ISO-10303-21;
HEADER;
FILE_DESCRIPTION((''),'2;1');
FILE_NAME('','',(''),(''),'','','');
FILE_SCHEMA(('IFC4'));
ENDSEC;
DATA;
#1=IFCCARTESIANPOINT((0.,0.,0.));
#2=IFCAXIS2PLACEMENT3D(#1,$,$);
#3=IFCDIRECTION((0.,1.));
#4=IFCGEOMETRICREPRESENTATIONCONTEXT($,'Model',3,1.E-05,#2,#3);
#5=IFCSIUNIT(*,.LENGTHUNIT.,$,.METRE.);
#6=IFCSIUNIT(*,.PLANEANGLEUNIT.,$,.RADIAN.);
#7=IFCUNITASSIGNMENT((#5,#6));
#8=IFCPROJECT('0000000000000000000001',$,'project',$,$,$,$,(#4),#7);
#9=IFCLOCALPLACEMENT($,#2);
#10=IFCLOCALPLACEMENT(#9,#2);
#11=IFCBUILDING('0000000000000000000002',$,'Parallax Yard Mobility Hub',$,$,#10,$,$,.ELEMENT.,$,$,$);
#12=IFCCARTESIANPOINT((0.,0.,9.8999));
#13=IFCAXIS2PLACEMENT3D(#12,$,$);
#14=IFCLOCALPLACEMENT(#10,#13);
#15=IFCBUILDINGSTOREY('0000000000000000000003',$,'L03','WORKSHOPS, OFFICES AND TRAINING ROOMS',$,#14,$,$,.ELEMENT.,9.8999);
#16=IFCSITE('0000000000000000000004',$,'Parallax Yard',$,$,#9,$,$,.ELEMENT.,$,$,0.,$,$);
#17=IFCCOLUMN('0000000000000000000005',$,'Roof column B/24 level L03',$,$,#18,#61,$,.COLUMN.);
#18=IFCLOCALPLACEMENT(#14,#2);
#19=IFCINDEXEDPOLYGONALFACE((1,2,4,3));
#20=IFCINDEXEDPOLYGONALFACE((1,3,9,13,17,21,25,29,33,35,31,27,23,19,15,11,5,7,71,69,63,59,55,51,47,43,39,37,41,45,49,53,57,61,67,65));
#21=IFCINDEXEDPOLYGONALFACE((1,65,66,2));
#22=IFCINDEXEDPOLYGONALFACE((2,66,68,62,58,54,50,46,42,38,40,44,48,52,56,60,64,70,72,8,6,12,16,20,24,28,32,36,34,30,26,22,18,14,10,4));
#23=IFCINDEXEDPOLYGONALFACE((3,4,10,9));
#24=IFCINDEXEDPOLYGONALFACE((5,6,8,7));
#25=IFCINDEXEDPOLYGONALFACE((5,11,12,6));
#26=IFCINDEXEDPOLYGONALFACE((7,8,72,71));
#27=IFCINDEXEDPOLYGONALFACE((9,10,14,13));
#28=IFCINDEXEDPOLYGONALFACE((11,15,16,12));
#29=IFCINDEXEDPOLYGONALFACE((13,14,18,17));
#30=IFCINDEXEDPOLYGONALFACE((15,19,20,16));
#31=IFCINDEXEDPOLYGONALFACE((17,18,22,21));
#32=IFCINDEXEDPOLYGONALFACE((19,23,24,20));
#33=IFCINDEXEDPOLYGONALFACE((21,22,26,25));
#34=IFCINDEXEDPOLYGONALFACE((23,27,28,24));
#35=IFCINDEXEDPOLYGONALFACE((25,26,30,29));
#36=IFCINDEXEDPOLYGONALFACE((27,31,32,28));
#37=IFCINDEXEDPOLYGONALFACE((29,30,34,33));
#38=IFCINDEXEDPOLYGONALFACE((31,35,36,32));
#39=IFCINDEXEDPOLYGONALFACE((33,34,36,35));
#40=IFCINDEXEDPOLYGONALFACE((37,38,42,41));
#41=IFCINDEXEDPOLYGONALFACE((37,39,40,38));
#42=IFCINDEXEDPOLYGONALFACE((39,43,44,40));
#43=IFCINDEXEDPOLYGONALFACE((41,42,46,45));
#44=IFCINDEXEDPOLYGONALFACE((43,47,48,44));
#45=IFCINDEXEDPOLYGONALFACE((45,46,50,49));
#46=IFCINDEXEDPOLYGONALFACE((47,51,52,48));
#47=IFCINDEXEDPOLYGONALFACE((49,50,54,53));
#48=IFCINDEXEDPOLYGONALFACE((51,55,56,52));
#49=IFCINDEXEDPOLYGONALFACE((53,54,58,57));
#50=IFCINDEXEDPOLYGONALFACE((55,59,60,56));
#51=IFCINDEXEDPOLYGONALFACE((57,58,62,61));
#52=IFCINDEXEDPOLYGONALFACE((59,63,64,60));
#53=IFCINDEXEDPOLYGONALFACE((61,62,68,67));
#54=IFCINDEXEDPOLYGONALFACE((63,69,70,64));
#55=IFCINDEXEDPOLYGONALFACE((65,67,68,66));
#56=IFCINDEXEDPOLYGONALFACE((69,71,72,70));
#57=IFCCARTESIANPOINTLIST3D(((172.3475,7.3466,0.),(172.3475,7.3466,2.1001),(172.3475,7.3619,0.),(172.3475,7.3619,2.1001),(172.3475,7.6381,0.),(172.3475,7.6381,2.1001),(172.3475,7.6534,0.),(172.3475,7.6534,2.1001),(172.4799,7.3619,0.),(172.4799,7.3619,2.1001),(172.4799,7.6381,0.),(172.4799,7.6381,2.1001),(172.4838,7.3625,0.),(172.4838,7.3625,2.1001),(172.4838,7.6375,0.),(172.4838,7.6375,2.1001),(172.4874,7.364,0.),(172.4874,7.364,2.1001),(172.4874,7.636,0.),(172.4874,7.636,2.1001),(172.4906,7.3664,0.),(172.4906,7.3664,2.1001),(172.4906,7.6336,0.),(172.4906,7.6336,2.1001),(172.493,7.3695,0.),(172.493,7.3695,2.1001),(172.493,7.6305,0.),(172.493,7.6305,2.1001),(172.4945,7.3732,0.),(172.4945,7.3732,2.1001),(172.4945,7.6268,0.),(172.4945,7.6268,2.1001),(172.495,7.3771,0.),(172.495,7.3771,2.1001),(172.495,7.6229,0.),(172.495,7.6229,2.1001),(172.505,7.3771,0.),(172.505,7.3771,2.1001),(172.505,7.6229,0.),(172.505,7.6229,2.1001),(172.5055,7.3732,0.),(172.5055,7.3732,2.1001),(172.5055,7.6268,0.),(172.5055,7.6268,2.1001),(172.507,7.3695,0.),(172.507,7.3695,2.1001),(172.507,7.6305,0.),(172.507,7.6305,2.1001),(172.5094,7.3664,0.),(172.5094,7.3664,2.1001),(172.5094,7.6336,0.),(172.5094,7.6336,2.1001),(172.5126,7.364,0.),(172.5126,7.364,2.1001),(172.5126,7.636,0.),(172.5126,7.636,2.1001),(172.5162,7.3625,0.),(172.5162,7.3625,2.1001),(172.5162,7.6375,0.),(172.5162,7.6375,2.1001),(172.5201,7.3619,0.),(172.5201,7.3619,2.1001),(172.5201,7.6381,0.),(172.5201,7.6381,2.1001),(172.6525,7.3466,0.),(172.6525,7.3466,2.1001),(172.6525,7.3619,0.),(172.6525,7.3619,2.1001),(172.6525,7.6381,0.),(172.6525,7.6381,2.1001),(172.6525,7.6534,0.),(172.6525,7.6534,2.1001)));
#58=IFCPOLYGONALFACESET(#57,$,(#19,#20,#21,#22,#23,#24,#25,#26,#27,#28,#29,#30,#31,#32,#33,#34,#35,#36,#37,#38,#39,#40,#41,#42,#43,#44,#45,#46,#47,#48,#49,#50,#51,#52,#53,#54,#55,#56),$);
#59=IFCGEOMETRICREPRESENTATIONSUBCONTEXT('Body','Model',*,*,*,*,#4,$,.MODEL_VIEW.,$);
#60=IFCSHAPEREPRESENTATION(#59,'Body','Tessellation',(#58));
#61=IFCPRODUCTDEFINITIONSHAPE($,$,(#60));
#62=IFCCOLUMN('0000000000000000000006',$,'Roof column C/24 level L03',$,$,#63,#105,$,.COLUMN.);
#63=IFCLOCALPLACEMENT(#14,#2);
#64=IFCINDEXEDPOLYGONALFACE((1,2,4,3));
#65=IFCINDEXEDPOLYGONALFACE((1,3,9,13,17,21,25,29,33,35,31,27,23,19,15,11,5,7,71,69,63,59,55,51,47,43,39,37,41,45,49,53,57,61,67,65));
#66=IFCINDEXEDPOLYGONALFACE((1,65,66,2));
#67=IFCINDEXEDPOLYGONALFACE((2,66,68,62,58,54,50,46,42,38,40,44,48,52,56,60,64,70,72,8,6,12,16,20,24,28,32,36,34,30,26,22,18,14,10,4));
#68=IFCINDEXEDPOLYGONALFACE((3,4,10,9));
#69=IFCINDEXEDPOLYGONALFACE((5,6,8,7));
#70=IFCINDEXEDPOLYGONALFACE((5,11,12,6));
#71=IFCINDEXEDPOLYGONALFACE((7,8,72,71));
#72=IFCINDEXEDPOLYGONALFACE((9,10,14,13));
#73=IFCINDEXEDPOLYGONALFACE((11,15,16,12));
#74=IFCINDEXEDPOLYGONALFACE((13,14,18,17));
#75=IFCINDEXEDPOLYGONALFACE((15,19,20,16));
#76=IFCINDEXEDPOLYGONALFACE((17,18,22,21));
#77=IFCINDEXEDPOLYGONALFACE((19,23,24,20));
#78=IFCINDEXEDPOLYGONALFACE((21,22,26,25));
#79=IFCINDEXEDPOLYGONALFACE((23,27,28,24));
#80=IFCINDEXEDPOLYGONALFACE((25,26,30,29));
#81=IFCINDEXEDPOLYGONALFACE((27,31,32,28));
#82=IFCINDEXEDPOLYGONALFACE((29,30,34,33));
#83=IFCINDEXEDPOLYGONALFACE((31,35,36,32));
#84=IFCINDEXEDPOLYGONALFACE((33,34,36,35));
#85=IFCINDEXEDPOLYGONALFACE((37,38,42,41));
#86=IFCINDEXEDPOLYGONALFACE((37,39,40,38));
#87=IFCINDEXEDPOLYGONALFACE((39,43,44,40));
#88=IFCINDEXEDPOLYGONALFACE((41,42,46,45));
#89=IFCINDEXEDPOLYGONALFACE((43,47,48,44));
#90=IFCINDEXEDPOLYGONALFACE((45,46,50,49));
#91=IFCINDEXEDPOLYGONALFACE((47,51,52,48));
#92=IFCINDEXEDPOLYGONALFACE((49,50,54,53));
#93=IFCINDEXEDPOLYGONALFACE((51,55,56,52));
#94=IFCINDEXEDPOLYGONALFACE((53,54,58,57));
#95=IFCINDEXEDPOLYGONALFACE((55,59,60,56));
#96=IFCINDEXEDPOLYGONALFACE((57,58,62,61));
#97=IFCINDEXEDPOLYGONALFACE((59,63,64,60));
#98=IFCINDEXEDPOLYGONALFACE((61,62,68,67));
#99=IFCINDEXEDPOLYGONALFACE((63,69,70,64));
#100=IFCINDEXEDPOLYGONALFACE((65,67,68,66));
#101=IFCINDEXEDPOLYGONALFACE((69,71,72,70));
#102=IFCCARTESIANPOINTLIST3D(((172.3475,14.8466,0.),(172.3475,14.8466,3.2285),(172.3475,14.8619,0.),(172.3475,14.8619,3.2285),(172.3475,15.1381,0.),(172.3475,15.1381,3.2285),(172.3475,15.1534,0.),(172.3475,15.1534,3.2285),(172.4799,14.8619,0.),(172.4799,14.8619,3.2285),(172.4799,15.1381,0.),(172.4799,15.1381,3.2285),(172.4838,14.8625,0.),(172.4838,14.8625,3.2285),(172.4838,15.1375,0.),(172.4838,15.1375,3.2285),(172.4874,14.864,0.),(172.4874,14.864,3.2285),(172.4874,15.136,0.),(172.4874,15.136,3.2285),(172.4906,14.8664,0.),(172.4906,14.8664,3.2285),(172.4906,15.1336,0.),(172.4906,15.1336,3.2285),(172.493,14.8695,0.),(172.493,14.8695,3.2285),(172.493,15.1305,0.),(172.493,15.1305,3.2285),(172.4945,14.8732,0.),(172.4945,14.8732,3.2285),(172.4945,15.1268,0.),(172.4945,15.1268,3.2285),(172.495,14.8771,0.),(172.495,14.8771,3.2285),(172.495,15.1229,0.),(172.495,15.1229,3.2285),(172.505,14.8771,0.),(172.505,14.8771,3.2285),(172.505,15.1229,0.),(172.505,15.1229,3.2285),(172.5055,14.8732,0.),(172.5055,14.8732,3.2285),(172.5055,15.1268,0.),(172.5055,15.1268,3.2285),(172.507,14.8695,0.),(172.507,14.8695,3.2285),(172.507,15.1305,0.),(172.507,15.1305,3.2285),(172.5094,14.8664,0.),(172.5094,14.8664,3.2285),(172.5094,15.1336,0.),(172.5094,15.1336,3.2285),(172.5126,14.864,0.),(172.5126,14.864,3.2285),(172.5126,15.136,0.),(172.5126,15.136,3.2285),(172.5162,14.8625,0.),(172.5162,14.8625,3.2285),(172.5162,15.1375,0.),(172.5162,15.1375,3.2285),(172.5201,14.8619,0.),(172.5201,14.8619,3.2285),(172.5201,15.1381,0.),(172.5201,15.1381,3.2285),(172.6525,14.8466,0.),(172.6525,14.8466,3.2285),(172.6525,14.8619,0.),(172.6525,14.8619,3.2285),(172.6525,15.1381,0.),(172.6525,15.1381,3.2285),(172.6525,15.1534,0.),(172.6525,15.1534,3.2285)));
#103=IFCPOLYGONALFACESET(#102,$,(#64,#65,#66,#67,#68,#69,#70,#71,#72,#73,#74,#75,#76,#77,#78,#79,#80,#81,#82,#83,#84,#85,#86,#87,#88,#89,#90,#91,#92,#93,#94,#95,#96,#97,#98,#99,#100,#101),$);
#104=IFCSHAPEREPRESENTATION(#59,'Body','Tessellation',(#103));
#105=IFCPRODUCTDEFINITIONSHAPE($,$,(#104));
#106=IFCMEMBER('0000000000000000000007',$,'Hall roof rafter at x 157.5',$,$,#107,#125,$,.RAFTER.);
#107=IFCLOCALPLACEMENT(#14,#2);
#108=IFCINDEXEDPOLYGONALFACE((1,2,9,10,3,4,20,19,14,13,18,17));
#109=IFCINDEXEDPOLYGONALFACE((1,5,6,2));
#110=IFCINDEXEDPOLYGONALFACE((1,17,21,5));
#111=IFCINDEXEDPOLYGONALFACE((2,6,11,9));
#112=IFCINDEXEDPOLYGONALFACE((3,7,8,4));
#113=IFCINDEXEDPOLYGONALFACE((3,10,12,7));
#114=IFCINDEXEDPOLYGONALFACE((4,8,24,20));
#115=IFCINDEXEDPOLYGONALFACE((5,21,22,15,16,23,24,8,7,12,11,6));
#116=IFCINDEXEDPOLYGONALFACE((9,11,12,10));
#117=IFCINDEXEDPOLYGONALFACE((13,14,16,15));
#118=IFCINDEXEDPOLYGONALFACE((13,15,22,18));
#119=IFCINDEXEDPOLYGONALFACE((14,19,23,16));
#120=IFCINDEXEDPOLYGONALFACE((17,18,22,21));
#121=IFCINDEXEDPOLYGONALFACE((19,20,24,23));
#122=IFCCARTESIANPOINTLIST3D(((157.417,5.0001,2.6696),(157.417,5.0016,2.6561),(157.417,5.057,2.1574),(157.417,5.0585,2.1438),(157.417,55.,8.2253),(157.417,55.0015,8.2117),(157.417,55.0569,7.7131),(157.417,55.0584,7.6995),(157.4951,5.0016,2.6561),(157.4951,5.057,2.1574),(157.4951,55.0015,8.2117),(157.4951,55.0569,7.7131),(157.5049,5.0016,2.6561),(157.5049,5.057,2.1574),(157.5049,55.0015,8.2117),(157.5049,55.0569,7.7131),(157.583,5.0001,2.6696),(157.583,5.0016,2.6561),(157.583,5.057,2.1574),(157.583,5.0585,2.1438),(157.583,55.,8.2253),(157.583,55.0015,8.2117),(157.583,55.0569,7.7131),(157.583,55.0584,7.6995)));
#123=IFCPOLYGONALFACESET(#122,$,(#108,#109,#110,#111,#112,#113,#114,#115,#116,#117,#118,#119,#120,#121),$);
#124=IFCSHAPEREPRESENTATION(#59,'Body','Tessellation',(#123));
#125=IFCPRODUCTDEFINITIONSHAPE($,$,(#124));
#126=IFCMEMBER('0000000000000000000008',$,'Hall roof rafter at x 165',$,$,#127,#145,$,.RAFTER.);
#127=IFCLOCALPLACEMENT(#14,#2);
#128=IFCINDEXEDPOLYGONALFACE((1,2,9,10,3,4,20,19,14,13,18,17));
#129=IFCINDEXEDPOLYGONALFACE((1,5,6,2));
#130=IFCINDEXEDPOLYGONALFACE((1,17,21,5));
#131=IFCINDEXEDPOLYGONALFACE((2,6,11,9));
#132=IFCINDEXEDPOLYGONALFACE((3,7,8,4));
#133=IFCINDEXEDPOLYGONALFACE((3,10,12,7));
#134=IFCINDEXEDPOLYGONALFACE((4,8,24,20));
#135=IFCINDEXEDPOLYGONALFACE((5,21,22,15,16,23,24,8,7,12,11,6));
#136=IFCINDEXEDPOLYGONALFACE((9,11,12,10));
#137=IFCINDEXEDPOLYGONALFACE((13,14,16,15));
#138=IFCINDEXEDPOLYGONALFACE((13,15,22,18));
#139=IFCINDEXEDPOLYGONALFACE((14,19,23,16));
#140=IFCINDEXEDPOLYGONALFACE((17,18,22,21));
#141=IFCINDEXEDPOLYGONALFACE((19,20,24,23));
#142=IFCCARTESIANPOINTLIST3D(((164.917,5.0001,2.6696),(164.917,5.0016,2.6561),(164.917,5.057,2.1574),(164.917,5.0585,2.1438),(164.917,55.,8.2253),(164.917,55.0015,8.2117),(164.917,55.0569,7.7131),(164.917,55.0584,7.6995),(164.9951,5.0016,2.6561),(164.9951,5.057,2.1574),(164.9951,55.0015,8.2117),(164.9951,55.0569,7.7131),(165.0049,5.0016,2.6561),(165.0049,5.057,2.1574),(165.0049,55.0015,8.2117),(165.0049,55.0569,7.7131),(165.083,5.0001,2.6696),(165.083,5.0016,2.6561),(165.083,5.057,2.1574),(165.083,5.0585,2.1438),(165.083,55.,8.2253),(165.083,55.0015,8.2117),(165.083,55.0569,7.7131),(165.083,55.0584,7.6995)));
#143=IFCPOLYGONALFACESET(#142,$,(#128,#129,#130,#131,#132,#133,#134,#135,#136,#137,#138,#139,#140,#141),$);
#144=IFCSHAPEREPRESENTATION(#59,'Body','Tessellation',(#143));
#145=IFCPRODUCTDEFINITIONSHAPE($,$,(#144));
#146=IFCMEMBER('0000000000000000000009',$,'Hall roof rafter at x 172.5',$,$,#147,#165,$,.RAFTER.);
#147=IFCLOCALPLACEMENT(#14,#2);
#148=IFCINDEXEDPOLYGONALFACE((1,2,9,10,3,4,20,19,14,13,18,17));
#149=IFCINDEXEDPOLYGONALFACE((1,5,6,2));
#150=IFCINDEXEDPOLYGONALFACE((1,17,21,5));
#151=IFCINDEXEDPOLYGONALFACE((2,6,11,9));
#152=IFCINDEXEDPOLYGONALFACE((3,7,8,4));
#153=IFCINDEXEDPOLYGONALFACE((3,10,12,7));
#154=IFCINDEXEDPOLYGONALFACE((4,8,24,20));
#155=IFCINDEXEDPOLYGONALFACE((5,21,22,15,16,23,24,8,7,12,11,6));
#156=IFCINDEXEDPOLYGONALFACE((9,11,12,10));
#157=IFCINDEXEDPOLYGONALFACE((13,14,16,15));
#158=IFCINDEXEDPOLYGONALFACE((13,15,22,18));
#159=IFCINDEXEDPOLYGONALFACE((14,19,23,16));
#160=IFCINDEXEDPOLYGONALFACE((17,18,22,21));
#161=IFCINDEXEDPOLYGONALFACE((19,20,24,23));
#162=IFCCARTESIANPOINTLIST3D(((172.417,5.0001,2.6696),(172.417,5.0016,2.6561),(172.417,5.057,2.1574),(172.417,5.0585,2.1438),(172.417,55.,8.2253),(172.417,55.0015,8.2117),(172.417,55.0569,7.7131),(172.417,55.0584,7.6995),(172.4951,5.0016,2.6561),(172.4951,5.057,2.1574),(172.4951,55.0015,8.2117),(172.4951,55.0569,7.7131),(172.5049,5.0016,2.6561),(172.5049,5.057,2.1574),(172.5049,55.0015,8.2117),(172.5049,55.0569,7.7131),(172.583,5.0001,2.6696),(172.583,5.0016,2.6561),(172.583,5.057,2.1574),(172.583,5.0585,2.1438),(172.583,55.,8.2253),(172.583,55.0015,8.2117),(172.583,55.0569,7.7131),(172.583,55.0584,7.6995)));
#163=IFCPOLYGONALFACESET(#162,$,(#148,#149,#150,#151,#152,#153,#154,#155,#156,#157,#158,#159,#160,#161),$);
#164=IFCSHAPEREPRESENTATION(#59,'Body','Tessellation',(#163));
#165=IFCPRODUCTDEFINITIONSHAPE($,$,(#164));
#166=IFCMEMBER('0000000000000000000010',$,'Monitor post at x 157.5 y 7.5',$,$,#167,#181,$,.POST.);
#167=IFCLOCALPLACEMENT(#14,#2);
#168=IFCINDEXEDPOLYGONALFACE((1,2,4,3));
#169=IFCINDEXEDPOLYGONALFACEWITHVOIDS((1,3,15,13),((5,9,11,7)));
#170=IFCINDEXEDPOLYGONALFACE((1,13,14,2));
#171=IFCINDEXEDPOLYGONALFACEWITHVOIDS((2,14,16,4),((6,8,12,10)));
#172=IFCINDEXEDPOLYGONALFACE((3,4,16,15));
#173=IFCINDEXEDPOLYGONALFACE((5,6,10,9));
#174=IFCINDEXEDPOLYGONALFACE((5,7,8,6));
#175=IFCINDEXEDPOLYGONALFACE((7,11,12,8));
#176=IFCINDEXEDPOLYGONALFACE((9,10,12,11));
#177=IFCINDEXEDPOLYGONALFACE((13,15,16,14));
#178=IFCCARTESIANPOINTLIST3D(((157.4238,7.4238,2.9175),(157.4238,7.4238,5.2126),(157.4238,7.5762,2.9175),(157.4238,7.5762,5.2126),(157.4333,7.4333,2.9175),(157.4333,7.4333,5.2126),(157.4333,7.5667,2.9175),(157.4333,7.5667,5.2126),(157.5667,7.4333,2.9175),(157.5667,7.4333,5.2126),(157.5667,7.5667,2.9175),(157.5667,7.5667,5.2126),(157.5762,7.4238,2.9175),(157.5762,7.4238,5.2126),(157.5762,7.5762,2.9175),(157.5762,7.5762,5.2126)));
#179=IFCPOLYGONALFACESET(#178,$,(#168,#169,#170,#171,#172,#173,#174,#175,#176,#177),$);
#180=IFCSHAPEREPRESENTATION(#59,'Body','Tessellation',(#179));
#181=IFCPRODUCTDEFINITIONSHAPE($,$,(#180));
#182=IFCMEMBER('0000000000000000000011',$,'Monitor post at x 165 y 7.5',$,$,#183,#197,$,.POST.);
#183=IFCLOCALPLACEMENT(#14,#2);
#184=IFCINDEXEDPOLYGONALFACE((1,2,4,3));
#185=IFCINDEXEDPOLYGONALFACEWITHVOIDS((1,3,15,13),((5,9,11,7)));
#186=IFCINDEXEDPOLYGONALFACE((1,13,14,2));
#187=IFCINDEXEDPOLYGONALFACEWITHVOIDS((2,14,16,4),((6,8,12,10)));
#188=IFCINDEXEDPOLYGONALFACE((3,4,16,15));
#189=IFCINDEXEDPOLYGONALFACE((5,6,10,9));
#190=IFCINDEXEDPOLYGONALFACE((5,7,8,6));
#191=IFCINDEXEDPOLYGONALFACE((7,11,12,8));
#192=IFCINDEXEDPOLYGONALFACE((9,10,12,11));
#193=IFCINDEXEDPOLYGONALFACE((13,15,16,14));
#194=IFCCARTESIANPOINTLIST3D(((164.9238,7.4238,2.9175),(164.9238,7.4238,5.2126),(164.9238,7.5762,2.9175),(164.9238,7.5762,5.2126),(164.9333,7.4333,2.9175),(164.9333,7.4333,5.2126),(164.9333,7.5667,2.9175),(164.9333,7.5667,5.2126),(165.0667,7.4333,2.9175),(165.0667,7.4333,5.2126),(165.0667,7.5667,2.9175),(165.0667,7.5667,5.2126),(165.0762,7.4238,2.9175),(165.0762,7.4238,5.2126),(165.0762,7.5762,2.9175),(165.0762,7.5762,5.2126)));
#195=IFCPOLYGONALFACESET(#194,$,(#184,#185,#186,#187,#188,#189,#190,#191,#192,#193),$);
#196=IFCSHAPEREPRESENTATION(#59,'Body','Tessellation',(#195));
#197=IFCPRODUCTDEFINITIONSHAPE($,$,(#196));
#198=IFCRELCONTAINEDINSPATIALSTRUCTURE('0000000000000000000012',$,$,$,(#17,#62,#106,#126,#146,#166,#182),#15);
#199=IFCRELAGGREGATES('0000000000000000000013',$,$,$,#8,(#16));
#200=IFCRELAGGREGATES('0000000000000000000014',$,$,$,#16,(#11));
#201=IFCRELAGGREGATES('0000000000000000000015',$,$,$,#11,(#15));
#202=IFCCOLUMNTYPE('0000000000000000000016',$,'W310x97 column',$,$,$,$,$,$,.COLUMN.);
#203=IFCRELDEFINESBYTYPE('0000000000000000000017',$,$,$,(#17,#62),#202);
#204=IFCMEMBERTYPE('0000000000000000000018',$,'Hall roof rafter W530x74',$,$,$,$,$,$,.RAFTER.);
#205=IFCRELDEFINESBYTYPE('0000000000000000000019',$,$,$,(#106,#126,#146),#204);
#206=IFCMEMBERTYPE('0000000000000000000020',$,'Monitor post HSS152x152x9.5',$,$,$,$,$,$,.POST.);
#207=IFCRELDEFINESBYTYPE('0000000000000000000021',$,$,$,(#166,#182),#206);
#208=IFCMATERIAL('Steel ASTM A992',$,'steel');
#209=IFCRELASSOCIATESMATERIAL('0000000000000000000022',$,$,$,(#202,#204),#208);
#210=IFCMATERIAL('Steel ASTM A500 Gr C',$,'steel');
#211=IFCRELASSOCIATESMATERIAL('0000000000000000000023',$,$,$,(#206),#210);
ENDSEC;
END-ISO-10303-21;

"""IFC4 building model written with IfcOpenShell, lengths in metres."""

from ifc_helpers import new_model, si_unit, direction, frame, origin, origin_2d, place, context, subcontext, project, spatial, hollow_rectangle, i_section, extrude, material, material_profile, profile_set, type_object, element, save


model = new_model("IFC4")

# Units and contexts
model_context = context("Model", 3, precision=1e-05, world=origin(), true_north=direction((0.0, 1.0)))
body_context = subcontext(model_context, "Body", "Model", "MODEL_VIEW")
ifc_project = project(units=[si_unit("LENGTHUNIT", "METRE"), si_unit("PLANEANGLEUNIT", "RADIAN")], contexts=[model_context])

# Site, building, storey
site_placement = place(None, origin())
site = spatial("IfcSite", under=ifc_project, at=site_placement, Name="Parallax Yard", CompositionType="ELEMENT", RefElevation=0.0)
building_placement = place(site_placement, origin())
building = spatial("IfcBuilding", under=site, at=building_placement, Name="Parallax Yard Mobility Hub", CompositionType="ELEMENT")
storey_placement = place(building_placement, frame((0.0, 0.0, 9.8999)))
storey = spatial("IfcBuildingStorey", under=building, at=storey_placement, Name="L03", Description="WORKSHOPS, OFFICES AND TRAINING ROOMS", CompositionType="ELEMENT", Elevation=9.8999)

# Columns
ifc_material_1 = material(Name="Steel ASTM A992", Category="steel")
ifc_material_profile_1 = material_profile(ifc_material_1, i_section(OverallWidth=0.3049, OverallDepth=0.3069, WebThickness=0.01, FlangeThickness=0.0154, FilletRadius=0.0151, at=origin_2d()), Name="W310x97")
ifc_profile_set_1 = profile_set([ifc_material_profile_1], Name="Steel ASTM A992")
column_type = type_object("IfcColumnType", Name="W310x97 column", PredefinedType="COLUMN", material=ifc_profile_set_1)
column_1_placement = place(storey_placement, frame((172.5, 7.5, 0.0), z_axis=(0.0, 0.0, 1.0), x_axis=(1.0, 0.0, 0.0)))
element("IfcColumn", 1, at=column_1_placement, inside=storey, type_object=column_type, Name="Roof column B/24 level L03", PredefinedType="COLUMN", context=body_context, shape_type="SweptSolid", body=[
    extrude(i_section(OverallWidth=0.3049, OverallDepth=0.3069, WebThickness=0.01, FlangeThickness=0.0154, FilletRadius=0.0151, at=origin_2d()), origin(), (0.0, 0.0, 1.0), 2.1001),
])
column_2_placement = place(storey_placement, frame((172.5, 15.0, 0.0), z_axis=(0.0, 0.0, 1.0), x_axis=(1.0, 0.0, 0.0)))
element("IfcColumn", 2, at=column_2_placement, inside=storey, type_object=column_type, Name="Roof column C/24 level L03", PredefinedType="COLUMN", context=body_context, shape_type="SweptSolid", body=[
    extrude(i_section(OverallWidth=0.3049, OverallDepth=0.3069, WebThickness=0.01, FlangeThickness=0.0154, FilletRadius=0.0151, at=origin_2d()), origin(), (0.0, 0.0, 1.0), 3.2285),
])

# Members
ifc_material_profile_2 = material_profile(ifc_material_1, i_section(OverallWidth=0.166, OverallDepth=0.5291, WebThickness=0.0098, FlangeThickness=0.0137, at=origin_2d()), Name="W530x74")
ifc_profile_set_2 = profile_set([ifc_material_profile_2], Name="Steel ASTM A992")
member_type_1 = type_object("IfcMemberType", Name="Hall roof rafter W530x74", PredefinedType="RAFTER", material=ifc_profile_set_2)
for number, where, z_axis, x_axis, name in (
    (3, (157.5, 5.0293, 2.4067), (0.0, 0.993883, 0.110434), (-1.0, 0.0, 0.0), "Hall roof rafter at x 157.5"),
    (4, (165.0, 5.0293, 2.4067), (0.0, 0.993883, 0.110434), (-1.0, 0.0, 0.0), "Hall roof rafter at x 165"),
    (5, (172.5, 5.0293, 2.4067), (0.0, 0.993883, 0.110434), (-1.0, 0.0, 0.0), "Hall roof rafter at x 172.5"),
):
    element("IfcMember", number, at=place(storey_placement, frame(where, z_axis=z_axis, x_axis=x_axis)), inside=storey, type_object=member_type_1, Name=name, PredefinedType="RAFTER", context=body_context, shape_type="SweptSolid", body=[
        extrude(i_section(OverallWidth=0.166, OverallDepth=0.5291, WebThickness=0.0098, FlangeThickness=0.0137, at=origin_2d()), origin(), (0.0, 0.0, 1.0), 50.3076),
    ])
ifc_material_2 = material(Name="Steel ASTM A500 Gr C", Category="steel")
ifc_material_profile_3 = material_profile(ifc_material_2, hollow_rectangle(XDim=0.1523, YDim=0.1523, WallThickness=0.0095, at=origin_2d()), Name="HSS152x152x9.5")
ifc_profile_set_3 = profile_set([ifc_material_profile_3], Name="Steel ASTM A500 Gr C")
member_type_2 = type_object("IfcMemberType", Name="Monitor post HSS152x152x9.5", PredefinedType="POST", material=ifc_profile_set_3)
for number, where, z_axis, x_axis, name in (
    (6, (157.5, 7.5, 2.9175), (0.0, 0.0, 1.0), (1.0, 0.0, 0.0), "Monitor post at x 157.5 y 7.5"),
    (7, (165.0, 7.5, 2.9175), (0.0, 0.0, 1.0), (1.0, 0.0, 0.0), "Monitor post at x 165 y 7.5"),
):
    element("IfcMember", number, at=place(storey_placement, frame(where, z_axis=z_axis, x_axis=x_axis)), inside=storey, type_object=member_type_2, Name=name, PredefinedType="POST", context=body_context, shape_type="SweptSolid", body=[
        extrude(hollow_rectangle(XDim=0.1523, YDim=0.1523, WallThickness=0.0095, at=origin_2d()), origin(), (0.0, 0.0, 1.0), 2.2952),
    ])

save(model, "model.ifc")
